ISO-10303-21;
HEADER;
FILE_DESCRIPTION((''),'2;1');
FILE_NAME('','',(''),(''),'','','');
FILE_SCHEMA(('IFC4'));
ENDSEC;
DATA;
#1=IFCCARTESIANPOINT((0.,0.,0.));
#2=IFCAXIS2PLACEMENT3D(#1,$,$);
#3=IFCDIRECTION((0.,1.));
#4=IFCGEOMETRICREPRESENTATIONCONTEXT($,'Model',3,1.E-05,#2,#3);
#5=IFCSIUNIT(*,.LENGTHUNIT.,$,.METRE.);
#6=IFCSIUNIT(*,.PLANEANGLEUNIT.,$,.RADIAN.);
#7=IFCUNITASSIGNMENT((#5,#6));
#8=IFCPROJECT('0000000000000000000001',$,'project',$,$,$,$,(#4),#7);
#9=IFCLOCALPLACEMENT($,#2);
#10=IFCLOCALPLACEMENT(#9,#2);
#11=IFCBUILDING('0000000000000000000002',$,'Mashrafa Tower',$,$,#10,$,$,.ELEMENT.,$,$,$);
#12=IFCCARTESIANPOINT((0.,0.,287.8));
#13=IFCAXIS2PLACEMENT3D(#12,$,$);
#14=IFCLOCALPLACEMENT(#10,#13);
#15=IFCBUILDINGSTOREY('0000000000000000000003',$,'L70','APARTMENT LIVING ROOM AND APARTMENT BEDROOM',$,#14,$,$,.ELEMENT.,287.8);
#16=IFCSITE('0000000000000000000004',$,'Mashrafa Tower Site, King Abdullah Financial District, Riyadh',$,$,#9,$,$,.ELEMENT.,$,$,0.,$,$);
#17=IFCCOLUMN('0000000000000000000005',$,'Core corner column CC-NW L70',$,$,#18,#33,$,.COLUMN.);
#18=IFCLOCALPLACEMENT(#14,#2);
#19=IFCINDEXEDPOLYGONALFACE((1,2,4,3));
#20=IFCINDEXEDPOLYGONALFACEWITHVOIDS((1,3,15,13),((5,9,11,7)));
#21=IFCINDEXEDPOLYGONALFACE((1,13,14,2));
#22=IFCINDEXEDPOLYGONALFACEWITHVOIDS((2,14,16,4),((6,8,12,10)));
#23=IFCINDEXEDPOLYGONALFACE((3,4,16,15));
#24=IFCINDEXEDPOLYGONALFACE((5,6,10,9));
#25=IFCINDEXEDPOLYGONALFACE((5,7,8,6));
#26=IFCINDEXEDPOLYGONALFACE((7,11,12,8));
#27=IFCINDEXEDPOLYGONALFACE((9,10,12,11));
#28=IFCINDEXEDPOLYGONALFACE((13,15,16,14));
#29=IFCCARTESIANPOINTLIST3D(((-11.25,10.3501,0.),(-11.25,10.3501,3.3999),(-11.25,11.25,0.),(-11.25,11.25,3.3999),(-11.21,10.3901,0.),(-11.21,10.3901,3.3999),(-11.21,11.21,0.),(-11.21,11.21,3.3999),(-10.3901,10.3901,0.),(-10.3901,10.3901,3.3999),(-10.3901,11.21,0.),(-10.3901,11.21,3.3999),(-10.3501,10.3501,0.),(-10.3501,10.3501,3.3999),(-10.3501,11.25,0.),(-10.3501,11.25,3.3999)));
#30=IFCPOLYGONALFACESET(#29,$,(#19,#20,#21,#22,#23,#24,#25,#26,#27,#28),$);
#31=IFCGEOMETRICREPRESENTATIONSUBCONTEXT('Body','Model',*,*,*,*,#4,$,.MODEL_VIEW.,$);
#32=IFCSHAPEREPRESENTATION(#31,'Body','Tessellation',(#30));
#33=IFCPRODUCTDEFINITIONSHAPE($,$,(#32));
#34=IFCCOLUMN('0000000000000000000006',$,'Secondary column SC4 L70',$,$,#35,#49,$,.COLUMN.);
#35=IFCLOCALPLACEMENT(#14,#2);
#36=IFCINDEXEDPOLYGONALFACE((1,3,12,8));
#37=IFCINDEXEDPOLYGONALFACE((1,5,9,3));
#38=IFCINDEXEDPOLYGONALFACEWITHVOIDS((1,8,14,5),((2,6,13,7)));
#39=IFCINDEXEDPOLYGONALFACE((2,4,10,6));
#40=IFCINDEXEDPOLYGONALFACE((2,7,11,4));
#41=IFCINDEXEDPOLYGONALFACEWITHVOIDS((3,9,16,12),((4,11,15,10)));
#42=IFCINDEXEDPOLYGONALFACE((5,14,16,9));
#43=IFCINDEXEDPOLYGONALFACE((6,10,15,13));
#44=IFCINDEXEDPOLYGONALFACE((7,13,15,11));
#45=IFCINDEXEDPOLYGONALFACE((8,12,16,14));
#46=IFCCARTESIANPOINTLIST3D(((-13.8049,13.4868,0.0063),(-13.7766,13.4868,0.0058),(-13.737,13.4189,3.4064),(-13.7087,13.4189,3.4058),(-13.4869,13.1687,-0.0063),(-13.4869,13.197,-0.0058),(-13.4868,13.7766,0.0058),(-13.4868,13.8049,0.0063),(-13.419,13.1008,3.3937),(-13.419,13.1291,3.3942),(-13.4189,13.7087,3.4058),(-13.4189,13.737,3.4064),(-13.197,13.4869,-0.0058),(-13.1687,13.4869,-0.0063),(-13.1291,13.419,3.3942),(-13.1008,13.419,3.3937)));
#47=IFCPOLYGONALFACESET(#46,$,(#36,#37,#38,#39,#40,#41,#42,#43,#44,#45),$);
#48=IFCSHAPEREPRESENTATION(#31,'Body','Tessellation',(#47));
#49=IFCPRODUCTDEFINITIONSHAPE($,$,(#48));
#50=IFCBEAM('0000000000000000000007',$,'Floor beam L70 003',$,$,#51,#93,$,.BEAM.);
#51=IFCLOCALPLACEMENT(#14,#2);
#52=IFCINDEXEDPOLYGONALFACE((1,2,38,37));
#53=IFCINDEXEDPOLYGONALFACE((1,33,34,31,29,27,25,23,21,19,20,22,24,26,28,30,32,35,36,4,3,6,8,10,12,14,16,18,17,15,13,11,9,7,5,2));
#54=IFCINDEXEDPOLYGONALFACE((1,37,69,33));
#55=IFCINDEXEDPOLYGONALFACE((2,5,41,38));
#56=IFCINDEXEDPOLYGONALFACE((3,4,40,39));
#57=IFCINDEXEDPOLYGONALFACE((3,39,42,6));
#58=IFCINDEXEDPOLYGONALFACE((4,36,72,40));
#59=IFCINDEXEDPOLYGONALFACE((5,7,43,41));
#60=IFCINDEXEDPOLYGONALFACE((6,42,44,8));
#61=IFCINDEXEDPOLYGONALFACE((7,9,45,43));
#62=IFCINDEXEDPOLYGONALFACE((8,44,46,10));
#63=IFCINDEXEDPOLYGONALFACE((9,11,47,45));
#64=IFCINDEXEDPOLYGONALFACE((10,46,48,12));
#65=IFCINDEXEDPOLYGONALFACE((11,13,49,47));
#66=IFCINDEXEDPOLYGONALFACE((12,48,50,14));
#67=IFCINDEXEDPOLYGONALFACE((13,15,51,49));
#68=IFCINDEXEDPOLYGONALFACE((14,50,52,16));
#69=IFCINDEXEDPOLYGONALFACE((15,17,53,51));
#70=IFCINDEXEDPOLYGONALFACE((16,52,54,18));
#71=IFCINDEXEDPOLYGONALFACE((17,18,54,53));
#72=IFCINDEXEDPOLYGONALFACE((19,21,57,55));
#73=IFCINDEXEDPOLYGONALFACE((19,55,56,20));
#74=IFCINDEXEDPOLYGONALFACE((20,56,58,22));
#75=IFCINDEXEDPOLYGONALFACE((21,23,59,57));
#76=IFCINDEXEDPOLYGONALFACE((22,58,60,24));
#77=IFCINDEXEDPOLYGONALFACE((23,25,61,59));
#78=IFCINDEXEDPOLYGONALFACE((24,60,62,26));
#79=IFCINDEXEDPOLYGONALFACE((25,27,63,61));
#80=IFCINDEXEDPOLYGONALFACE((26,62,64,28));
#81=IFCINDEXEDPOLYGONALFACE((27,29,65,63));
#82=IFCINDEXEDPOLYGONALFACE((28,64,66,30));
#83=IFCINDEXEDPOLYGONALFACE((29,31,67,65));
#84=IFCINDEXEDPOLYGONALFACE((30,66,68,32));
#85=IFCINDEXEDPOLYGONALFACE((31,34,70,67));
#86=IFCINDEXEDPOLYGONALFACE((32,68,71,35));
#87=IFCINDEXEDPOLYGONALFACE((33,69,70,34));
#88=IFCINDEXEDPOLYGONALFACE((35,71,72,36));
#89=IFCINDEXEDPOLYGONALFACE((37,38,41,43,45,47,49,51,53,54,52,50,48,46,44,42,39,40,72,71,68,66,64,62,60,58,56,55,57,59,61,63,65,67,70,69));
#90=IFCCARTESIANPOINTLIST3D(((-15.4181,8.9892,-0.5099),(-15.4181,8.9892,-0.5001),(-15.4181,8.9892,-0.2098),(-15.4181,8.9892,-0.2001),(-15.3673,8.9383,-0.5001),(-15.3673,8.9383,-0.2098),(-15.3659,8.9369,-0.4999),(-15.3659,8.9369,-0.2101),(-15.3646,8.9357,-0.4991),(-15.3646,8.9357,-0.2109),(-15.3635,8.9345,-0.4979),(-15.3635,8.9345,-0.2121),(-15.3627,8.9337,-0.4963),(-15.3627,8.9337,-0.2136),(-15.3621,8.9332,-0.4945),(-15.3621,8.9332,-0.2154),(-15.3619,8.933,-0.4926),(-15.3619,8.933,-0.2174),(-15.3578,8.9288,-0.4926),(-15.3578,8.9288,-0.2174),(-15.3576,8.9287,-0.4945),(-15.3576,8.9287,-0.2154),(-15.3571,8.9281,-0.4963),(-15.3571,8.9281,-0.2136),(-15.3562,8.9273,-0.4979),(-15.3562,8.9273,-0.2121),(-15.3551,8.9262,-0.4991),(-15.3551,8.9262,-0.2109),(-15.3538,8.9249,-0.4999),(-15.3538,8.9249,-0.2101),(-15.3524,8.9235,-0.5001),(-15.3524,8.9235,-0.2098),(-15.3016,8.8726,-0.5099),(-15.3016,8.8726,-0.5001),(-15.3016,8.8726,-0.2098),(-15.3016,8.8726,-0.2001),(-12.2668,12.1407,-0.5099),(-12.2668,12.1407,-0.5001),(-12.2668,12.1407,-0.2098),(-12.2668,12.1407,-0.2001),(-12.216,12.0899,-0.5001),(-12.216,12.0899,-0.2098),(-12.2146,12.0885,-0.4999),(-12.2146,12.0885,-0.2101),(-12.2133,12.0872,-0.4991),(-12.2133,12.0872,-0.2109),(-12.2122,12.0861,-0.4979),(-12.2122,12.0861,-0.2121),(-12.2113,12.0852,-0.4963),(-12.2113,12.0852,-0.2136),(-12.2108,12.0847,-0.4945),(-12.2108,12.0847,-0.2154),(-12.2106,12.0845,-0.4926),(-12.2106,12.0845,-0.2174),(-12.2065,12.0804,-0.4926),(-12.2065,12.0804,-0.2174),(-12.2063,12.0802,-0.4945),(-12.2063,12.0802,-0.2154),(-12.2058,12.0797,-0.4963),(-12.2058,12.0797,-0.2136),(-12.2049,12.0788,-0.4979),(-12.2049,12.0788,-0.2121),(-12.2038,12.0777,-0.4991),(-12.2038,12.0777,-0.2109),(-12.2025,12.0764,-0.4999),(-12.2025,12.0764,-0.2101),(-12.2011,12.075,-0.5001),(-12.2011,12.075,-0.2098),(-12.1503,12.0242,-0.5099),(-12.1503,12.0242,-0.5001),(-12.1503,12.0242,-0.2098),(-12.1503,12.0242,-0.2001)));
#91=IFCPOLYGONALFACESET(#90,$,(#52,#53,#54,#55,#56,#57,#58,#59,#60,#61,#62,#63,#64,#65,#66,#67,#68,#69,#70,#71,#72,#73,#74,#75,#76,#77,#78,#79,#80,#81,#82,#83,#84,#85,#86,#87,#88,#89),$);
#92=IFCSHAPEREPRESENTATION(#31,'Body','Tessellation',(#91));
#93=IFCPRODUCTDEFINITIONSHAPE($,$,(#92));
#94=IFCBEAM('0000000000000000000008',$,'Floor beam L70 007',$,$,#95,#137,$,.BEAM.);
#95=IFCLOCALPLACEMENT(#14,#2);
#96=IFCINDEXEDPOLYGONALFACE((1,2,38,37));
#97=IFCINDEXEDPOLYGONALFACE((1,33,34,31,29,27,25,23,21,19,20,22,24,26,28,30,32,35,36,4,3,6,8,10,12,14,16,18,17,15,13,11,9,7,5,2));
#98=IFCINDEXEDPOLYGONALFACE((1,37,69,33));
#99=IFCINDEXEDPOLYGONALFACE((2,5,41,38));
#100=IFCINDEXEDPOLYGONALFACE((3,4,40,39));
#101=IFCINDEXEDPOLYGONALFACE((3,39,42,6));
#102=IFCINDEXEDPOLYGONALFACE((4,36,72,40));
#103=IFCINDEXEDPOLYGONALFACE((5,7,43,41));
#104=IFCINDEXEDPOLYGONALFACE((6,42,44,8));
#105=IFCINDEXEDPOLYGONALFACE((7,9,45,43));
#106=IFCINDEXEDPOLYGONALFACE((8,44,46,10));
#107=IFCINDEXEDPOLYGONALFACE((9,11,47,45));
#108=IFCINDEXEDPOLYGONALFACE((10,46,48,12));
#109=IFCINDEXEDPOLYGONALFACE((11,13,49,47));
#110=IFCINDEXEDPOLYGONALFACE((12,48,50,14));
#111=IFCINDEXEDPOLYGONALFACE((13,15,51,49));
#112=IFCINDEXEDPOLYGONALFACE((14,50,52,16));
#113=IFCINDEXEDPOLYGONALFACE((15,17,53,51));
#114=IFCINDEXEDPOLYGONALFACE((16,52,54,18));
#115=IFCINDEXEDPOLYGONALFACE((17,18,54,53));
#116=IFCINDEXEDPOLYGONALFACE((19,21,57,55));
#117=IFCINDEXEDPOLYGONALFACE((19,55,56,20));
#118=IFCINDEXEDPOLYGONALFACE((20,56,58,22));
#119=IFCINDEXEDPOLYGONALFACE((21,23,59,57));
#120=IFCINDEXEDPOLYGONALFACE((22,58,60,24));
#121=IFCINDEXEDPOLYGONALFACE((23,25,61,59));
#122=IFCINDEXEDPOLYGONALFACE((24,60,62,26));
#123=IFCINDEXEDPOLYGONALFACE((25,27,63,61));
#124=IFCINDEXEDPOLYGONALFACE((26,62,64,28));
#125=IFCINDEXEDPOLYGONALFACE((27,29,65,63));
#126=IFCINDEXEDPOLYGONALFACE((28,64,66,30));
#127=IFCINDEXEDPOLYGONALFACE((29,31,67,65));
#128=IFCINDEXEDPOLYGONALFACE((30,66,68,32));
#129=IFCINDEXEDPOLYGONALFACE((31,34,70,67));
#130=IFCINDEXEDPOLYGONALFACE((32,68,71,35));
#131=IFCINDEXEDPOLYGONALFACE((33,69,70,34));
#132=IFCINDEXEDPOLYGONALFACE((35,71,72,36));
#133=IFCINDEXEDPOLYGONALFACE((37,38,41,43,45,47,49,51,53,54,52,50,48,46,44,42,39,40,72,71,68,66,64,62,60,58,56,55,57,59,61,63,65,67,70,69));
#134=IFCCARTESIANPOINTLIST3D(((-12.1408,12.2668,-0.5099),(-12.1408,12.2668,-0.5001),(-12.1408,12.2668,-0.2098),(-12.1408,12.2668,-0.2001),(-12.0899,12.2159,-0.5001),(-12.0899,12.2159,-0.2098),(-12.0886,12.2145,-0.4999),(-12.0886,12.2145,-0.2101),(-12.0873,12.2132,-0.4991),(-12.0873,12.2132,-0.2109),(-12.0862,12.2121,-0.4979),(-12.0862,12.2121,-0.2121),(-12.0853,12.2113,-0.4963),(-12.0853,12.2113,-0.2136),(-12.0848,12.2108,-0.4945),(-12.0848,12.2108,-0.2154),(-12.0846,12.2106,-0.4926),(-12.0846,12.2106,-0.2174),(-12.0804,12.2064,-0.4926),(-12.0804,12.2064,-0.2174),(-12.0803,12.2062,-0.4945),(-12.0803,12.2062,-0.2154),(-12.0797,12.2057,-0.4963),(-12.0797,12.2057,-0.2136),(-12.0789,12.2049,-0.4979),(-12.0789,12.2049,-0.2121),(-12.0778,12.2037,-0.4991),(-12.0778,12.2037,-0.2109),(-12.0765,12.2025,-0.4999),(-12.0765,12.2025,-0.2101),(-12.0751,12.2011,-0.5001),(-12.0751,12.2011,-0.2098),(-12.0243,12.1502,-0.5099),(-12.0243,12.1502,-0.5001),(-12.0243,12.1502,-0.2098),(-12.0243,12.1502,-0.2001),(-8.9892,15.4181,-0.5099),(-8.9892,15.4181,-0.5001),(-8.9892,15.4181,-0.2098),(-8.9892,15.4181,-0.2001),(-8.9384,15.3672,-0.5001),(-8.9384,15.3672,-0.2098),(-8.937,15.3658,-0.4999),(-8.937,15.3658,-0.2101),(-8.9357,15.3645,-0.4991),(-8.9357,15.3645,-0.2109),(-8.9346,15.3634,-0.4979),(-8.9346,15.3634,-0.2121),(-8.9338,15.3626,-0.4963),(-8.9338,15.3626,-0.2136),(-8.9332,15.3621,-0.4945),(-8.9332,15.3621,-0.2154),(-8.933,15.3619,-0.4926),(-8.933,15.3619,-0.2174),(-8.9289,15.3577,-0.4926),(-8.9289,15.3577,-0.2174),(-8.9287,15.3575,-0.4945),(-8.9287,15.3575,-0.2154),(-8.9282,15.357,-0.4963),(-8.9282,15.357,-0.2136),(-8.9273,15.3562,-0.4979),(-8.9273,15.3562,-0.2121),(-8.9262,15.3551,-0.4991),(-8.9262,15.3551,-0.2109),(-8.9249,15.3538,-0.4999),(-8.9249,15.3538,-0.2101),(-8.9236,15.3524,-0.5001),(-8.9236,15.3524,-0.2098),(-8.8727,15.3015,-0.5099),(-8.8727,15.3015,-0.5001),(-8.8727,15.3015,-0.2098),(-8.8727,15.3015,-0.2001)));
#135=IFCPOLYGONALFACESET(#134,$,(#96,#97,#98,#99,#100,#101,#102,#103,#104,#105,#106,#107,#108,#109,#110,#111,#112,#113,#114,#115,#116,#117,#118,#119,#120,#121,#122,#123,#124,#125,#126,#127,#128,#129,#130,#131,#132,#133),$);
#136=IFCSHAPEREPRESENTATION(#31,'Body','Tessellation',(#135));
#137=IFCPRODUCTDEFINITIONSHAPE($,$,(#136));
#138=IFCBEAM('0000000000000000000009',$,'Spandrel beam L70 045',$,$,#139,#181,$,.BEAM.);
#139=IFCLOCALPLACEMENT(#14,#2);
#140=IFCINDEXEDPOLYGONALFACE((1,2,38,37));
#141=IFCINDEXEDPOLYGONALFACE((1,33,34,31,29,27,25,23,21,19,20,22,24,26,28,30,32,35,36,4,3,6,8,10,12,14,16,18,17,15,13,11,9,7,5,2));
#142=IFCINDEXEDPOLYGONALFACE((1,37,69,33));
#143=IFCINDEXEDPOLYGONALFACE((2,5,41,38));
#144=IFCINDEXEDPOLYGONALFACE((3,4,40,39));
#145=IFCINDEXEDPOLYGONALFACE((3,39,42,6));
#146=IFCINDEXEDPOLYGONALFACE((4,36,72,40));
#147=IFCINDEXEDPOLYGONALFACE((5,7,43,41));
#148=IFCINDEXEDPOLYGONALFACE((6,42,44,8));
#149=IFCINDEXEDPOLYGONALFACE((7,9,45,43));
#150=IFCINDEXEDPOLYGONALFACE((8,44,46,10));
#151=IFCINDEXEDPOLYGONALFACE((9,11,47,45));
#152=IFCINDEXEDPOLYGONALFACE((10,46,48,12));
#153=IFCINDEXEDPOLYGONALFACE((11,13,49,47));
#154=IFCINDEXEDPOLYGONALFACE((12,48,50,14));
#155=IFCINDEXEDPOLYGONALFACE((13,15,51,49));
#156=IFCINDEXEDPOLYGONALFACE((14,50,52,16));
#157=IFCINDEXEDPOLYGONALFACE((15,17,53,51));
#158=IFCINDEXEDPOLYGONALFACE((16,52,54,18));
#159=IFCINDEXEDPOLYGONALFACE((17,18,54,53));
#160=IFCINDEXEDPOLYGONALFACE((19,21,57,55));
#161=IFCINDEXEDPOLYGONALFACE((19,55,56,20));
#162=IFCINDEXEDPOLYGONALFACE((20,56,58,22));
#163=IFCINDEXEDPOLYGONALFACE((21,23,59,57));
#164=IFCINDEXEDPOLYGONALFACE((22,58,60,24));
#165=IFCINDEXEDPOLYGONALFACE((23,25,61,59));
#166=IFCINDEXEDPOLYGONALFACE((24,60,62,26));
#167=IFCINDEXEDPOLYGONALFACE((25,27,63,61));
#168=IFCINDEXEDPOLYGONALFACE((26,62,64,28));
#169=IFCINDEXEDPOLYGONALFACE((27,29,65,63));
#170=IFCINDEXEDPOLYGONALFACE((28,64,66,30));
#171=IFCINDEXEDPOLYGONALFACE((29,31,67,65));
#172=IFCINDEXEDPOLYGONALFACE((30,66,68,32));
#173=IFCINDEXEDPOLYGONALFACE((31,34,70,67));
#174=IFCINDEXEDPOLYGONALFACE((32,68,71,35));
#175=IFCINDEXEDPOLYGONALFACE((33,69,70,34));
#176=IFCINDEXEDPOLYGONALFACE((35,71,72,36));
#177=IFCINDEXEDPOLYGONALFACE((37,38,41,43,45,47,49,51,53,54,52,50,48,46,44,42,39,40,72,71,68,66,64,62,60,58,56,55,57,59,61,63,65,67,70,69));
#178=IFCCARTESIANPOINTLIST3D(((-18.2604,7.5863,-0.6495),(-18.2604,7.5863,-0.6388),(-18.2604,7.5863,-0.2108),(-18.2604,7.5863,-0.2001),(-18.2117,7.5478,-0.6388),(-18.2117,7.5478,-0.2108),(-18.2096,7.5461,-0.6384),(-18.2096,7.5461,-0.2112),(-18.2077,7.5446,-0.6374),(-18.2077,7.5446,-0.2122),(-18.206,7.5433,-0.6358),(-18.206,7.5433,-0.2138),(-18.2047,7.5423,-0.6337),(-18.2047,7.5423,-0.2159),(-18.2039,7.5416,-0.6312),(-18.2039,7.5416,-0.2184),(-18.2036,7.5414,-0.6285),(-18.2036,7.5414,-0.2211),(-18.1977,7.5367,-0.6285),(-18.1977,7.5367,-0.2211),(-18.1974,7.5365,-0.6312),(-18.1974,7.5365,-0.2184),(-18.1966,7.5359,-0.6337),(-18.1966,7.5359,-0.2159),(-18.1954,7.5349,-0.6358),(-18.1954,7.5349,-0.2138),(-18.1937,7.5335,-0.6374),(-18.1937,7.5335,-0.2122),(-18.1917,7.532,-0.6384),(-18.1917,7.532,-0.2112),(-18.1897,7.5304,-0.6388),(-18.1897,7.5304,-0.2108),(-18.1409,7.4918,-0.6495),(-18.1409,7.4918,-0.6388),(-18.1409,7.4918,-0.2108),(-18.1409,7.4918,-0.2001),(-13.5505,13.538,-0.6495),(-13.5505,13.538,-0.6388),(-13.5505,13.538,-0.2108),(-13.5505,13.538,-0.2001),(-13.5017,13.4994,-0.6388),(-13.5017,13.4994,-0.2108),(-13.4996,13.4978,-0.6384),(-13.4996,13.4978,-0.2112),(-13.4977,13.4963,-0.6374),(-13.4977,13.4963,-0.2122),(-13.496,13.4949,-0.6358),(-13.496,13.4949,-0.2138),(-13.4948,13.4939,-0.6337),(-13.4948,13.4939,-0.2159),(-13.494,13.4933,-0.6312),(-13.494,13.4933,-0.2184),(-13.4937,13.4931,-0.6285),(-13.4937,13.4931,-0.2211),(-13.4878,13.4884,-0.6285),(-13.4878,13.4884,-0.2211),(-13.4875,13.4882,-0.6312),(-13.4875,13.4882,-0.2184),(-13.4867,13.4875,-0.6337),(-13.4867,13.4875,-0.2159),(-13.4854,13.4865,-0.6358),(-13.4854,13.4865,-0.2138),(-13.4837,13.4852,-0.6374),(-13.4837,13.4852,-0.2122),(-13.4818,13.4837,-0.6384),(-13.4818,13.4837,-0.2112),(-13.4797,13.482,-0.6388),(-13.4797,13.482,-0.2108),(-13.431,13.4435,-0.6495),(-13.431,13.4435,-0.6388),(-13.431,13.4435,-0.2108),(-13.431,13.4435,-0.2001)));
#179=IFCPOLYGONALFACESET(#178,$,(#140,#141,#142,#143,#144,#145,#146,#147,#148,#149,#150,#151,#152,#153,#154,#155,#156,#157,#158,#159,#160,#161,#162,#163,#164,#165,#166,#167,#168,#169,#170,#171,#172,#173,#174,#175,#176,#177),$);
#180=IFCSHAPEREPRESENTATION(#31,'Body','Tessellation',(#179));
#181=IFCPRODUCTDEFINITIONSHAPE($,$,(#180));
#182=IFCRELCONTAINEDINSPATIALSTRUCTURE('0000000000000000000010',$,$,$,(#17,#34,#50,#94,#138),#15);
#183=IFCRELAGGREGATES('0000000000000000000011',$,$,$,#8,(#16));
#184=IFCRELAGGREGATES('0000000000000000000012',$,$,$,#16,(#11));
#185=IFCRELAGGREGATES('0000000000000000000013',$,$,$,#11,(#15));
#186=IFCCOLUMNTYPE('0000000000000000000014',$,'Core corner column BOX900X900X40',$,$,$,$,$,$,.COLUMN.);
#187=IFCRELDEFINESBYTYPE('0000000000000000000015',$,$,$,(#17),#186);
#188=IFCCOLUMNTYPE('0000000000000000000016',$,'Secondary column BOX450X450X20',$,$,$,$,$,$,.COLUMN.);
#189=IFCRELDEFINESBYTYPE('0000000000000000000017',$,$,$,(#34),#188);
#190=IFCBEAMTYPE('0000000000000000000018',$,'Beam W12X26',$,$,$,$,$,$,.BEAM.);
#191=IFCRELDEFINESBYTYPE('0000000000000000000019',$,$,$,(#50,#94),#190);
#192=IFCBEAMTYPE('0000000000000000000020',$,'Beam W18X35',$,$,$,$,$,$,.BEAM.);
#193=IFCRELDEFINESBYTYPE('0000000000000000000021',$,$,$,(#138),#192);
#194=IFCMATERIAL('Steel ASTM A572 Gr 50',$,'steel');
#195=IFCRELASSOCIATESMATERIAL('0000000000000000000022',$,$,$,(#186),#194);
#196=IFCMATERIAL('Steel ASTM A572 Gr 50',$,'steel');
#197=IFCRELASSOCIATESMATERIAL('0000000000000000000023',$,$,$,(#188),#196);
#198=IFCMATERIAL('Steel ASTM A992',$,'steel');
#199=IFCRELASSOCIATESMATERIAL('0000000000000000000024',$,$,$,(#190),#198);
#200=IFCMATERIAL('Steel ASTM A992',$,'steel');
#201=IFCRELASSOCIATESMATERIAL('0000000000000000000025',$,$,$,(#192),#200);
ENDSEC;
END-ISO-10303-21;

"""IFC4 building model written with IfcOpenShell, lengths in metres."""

from ifc_helpers import new_model, si_unit, direction, frame, origin, origin_2d, place, context, subcontext, project, spatial, hollow_rectangle, i_section, extrude, material, material_profile, profile_set, type_object, element, save


model = new_model("IFC4")

# Units and contexts
model_context = context("Model", 3, precision=1e-05, world=origin(), true_north=direction((0.0, 1.0)))
body_context = subcontext(model_context, "Body", "Model", "MODEL_VIEW")
ifc_project = project(units=[si_unit("LENGTHUNIT", "METRE"), si_unit("PLANEANGLEUNIT", "RADIAN")], contexts=[model_context])

# Site, building, storey
site_placement = place(None, origin())
site = spatial("IfcSite", under=ifc_project, at=site_placement, Name="Mashrafa Tower Site, King Abdullah Financial District, Riyadh", CompositionType="ELEMENT", RefElevation=0.0)
building_placement = place(site_placement, origin())
building = spatial("IfcBuilding", under=site, at=building_placement, Name="Mashrafa Tower", CompositionType="ELEMENT")
storey_placement = place(building_placement, frame((0.0, 0.0, 287.8)))
storey = spatial("IfcBuildingStorey", under=building, at=storey_placement, Name="L70", Description="APARTMENT LIVING ROOM AND APARTMENT BEDROOM", CompositionType="ELEMENT", Elevation=287.8)

# Columns
ifc_material_1 = material(Name="Steel ASTM A572 Gr 50", Category="steel")
ifc_material_profile_1 = material_profile(ifc_material_1, hollow_rectangle(XDim=0.8999, YDim=0.8999, WallThickness=0.04, at=origin_2d()), Name="BOX900X900X40")
ifc_profile_set_1 = profile_set([ifc_material_profile_1], Name="Steel ASTM A572 Gr 50")
column_type_1 = type_object("IfcColumnType", Name="Core corner column BOX900X900X40", PredefinedType="COLUMN", material=ifc_profile_set_1)
column_1_placement = place(storey_placement, frame((-10.8, 10.8, 0.0), z_axis=(0.0, 0.0, 1.0), x_axis=(1.0, 0.0, 0.0)))
element("IfcColumn", 1, at=column_1_placement, inside=storey, type_object=column_type_1, Name="Core corner column CC-NW L70", PredefinedType="COLUMN", context=body_context, shape_type="SweptSolid", body=[
    extrude(hollow_rectangle(XDim=0.8999, YDim=0.8999, WallThickness=0.04, at=origin_2d()), origin(), (0.0, 0.0, 1.0), 3.3999),
])
ifc_material_2 = material(Name="Steel ASTM A572 Gr 50", Category="steel")
ifc_material_profile_2 = material_profile(ifc_material_2, hollow_rectangle(XDim=0.45, YDim=0.45, WallThickness=0.02, at=origin_2d()), Name="BOX450X450X20")
ifc_profile_set_2 = profile_set([ifc_material_profile_2], Name="Steel ASTM A572 Gr 50")
column_type_2 = type_object("IfcColumnType", Name="Secondary column BOX450X450X20", PredefinedType="COLUMN", material=ifc_profile_set_2)
column_2_placement = place(storey_placement, frame((-13.4868, 13.4868, 0.0), z_axis=(0.019955, -0.019955, 0.999602), x_axis=(0.707107, 0.707107, 0.0)))
element("IfcColumn", 2, at=column_2_placement, inside=storey, type_object=column_type_2, Name="Secondary column SC4 L70", PredefinedType="COLUMN", context=body_context, shape_type="SweptSolid", body=[
    extrude(hollow_rectangle(XDim=0.45, YDim=0.45, WallThickness=0.02, at=origin_2d()), origin(), (0.0, 0.0, 1.0), 3.4014),
])

# Beams
ifc_material_3 = material(Name="Steel ASTM A992", Category="steel")
ifc_material_profile_3 = material_profile(ifc_material_3, i_section(OverallWidth=0.1648, OverallDepth=0.3098, WebThickness=0.0059, FlangeThickness=0.0098, FilletRadius=0.0076, at=origin_2d()), Name="W12X26")
ifc_profile_set_3 = profile_set([ifc_material_profile_3], Name="Steel ASTM A992")
beam_type_1 = type_object("IfcBeamType", Name="Beam W12X26", PredefinedType="BEAM", material=ifc_profile_set_3)
for number, where, z_axis, x_axis, name in (
    (3, (-15.3599, 8.9309, -0.355), (0.707079, 0.707134, 0.0), (-0.707134, 0.707079, 0.0), "Floor beam L70 003"),
    (4, (-12.0825, 12.2085, -0.355), (0.707134, 0.707079, 0.0), (-0.707079, 0.707134, 0.0), "Floor beam L70 007"),
):
    element("IfcBeam", number, at=place(storey_placement, frame(where, z_axis=z_axis, x_axis=x_axis)), inside=storey, type_object=beam_type_1, Name=name, PredefinedType="BEAM", context=body_context, shape_type="SweptSolid", body=[
        extrude(i_section(OverallWidth=0.1648, OverallDepth=0.3098, WebThickness=0.0059, FlangeThickness=0.0098, FilletRadius=0.0076, at=origin_2d()), origin(), (0.0, 0.0, 1.0), 4.4568),
    ])
ifc_material_4 = material(Name="Steel ASTM A992", Category="steel")
ifc_material_profile_4 = material_profile(ifc_material_4, i_section(OverallWidth=0.1523, OverallDepth=0.4495, WebThickness=0.0076, FlangeThickness=0.0107, FilletRadius=0.0103, at=origin_2d()), Name="W18X35")
ifc_profile_set_4 = profile_set([ifc_material_profile_4], Name="Steel ASTM A992")
beam_type_2 = type_object("IfcBeamType", Name="Beam W18X35", PredefinedType="BEAM", material=ifc_profile_set_4)
beam_1_placement = place(storey_placement, frame((-13.4907, 13.4907, -0.4248), z_axis=(-0.62056, -0.784159, 0.0), x_axis=(0.784159, -0.62056, 0.0)))
element("IfcBeam", 5, at=beam_1_placement, inside=storey, type_object=beam_type_2, Name="Spandrel beam L70 045", PredefinedType="BEAM", context=body_context, shape_type="SweptSolid", body=[
    extrude(i_section(OverallWidth=0.1523, OverallDepth=0.4495, WebThickness=0.0076, FlangeThickness=0.0107, FilletRadius=0.0103, at=origin_2d()), origin(), (0.0, 0.0, 1.0), 7.5898),
])

save(model, "model.ifc")
